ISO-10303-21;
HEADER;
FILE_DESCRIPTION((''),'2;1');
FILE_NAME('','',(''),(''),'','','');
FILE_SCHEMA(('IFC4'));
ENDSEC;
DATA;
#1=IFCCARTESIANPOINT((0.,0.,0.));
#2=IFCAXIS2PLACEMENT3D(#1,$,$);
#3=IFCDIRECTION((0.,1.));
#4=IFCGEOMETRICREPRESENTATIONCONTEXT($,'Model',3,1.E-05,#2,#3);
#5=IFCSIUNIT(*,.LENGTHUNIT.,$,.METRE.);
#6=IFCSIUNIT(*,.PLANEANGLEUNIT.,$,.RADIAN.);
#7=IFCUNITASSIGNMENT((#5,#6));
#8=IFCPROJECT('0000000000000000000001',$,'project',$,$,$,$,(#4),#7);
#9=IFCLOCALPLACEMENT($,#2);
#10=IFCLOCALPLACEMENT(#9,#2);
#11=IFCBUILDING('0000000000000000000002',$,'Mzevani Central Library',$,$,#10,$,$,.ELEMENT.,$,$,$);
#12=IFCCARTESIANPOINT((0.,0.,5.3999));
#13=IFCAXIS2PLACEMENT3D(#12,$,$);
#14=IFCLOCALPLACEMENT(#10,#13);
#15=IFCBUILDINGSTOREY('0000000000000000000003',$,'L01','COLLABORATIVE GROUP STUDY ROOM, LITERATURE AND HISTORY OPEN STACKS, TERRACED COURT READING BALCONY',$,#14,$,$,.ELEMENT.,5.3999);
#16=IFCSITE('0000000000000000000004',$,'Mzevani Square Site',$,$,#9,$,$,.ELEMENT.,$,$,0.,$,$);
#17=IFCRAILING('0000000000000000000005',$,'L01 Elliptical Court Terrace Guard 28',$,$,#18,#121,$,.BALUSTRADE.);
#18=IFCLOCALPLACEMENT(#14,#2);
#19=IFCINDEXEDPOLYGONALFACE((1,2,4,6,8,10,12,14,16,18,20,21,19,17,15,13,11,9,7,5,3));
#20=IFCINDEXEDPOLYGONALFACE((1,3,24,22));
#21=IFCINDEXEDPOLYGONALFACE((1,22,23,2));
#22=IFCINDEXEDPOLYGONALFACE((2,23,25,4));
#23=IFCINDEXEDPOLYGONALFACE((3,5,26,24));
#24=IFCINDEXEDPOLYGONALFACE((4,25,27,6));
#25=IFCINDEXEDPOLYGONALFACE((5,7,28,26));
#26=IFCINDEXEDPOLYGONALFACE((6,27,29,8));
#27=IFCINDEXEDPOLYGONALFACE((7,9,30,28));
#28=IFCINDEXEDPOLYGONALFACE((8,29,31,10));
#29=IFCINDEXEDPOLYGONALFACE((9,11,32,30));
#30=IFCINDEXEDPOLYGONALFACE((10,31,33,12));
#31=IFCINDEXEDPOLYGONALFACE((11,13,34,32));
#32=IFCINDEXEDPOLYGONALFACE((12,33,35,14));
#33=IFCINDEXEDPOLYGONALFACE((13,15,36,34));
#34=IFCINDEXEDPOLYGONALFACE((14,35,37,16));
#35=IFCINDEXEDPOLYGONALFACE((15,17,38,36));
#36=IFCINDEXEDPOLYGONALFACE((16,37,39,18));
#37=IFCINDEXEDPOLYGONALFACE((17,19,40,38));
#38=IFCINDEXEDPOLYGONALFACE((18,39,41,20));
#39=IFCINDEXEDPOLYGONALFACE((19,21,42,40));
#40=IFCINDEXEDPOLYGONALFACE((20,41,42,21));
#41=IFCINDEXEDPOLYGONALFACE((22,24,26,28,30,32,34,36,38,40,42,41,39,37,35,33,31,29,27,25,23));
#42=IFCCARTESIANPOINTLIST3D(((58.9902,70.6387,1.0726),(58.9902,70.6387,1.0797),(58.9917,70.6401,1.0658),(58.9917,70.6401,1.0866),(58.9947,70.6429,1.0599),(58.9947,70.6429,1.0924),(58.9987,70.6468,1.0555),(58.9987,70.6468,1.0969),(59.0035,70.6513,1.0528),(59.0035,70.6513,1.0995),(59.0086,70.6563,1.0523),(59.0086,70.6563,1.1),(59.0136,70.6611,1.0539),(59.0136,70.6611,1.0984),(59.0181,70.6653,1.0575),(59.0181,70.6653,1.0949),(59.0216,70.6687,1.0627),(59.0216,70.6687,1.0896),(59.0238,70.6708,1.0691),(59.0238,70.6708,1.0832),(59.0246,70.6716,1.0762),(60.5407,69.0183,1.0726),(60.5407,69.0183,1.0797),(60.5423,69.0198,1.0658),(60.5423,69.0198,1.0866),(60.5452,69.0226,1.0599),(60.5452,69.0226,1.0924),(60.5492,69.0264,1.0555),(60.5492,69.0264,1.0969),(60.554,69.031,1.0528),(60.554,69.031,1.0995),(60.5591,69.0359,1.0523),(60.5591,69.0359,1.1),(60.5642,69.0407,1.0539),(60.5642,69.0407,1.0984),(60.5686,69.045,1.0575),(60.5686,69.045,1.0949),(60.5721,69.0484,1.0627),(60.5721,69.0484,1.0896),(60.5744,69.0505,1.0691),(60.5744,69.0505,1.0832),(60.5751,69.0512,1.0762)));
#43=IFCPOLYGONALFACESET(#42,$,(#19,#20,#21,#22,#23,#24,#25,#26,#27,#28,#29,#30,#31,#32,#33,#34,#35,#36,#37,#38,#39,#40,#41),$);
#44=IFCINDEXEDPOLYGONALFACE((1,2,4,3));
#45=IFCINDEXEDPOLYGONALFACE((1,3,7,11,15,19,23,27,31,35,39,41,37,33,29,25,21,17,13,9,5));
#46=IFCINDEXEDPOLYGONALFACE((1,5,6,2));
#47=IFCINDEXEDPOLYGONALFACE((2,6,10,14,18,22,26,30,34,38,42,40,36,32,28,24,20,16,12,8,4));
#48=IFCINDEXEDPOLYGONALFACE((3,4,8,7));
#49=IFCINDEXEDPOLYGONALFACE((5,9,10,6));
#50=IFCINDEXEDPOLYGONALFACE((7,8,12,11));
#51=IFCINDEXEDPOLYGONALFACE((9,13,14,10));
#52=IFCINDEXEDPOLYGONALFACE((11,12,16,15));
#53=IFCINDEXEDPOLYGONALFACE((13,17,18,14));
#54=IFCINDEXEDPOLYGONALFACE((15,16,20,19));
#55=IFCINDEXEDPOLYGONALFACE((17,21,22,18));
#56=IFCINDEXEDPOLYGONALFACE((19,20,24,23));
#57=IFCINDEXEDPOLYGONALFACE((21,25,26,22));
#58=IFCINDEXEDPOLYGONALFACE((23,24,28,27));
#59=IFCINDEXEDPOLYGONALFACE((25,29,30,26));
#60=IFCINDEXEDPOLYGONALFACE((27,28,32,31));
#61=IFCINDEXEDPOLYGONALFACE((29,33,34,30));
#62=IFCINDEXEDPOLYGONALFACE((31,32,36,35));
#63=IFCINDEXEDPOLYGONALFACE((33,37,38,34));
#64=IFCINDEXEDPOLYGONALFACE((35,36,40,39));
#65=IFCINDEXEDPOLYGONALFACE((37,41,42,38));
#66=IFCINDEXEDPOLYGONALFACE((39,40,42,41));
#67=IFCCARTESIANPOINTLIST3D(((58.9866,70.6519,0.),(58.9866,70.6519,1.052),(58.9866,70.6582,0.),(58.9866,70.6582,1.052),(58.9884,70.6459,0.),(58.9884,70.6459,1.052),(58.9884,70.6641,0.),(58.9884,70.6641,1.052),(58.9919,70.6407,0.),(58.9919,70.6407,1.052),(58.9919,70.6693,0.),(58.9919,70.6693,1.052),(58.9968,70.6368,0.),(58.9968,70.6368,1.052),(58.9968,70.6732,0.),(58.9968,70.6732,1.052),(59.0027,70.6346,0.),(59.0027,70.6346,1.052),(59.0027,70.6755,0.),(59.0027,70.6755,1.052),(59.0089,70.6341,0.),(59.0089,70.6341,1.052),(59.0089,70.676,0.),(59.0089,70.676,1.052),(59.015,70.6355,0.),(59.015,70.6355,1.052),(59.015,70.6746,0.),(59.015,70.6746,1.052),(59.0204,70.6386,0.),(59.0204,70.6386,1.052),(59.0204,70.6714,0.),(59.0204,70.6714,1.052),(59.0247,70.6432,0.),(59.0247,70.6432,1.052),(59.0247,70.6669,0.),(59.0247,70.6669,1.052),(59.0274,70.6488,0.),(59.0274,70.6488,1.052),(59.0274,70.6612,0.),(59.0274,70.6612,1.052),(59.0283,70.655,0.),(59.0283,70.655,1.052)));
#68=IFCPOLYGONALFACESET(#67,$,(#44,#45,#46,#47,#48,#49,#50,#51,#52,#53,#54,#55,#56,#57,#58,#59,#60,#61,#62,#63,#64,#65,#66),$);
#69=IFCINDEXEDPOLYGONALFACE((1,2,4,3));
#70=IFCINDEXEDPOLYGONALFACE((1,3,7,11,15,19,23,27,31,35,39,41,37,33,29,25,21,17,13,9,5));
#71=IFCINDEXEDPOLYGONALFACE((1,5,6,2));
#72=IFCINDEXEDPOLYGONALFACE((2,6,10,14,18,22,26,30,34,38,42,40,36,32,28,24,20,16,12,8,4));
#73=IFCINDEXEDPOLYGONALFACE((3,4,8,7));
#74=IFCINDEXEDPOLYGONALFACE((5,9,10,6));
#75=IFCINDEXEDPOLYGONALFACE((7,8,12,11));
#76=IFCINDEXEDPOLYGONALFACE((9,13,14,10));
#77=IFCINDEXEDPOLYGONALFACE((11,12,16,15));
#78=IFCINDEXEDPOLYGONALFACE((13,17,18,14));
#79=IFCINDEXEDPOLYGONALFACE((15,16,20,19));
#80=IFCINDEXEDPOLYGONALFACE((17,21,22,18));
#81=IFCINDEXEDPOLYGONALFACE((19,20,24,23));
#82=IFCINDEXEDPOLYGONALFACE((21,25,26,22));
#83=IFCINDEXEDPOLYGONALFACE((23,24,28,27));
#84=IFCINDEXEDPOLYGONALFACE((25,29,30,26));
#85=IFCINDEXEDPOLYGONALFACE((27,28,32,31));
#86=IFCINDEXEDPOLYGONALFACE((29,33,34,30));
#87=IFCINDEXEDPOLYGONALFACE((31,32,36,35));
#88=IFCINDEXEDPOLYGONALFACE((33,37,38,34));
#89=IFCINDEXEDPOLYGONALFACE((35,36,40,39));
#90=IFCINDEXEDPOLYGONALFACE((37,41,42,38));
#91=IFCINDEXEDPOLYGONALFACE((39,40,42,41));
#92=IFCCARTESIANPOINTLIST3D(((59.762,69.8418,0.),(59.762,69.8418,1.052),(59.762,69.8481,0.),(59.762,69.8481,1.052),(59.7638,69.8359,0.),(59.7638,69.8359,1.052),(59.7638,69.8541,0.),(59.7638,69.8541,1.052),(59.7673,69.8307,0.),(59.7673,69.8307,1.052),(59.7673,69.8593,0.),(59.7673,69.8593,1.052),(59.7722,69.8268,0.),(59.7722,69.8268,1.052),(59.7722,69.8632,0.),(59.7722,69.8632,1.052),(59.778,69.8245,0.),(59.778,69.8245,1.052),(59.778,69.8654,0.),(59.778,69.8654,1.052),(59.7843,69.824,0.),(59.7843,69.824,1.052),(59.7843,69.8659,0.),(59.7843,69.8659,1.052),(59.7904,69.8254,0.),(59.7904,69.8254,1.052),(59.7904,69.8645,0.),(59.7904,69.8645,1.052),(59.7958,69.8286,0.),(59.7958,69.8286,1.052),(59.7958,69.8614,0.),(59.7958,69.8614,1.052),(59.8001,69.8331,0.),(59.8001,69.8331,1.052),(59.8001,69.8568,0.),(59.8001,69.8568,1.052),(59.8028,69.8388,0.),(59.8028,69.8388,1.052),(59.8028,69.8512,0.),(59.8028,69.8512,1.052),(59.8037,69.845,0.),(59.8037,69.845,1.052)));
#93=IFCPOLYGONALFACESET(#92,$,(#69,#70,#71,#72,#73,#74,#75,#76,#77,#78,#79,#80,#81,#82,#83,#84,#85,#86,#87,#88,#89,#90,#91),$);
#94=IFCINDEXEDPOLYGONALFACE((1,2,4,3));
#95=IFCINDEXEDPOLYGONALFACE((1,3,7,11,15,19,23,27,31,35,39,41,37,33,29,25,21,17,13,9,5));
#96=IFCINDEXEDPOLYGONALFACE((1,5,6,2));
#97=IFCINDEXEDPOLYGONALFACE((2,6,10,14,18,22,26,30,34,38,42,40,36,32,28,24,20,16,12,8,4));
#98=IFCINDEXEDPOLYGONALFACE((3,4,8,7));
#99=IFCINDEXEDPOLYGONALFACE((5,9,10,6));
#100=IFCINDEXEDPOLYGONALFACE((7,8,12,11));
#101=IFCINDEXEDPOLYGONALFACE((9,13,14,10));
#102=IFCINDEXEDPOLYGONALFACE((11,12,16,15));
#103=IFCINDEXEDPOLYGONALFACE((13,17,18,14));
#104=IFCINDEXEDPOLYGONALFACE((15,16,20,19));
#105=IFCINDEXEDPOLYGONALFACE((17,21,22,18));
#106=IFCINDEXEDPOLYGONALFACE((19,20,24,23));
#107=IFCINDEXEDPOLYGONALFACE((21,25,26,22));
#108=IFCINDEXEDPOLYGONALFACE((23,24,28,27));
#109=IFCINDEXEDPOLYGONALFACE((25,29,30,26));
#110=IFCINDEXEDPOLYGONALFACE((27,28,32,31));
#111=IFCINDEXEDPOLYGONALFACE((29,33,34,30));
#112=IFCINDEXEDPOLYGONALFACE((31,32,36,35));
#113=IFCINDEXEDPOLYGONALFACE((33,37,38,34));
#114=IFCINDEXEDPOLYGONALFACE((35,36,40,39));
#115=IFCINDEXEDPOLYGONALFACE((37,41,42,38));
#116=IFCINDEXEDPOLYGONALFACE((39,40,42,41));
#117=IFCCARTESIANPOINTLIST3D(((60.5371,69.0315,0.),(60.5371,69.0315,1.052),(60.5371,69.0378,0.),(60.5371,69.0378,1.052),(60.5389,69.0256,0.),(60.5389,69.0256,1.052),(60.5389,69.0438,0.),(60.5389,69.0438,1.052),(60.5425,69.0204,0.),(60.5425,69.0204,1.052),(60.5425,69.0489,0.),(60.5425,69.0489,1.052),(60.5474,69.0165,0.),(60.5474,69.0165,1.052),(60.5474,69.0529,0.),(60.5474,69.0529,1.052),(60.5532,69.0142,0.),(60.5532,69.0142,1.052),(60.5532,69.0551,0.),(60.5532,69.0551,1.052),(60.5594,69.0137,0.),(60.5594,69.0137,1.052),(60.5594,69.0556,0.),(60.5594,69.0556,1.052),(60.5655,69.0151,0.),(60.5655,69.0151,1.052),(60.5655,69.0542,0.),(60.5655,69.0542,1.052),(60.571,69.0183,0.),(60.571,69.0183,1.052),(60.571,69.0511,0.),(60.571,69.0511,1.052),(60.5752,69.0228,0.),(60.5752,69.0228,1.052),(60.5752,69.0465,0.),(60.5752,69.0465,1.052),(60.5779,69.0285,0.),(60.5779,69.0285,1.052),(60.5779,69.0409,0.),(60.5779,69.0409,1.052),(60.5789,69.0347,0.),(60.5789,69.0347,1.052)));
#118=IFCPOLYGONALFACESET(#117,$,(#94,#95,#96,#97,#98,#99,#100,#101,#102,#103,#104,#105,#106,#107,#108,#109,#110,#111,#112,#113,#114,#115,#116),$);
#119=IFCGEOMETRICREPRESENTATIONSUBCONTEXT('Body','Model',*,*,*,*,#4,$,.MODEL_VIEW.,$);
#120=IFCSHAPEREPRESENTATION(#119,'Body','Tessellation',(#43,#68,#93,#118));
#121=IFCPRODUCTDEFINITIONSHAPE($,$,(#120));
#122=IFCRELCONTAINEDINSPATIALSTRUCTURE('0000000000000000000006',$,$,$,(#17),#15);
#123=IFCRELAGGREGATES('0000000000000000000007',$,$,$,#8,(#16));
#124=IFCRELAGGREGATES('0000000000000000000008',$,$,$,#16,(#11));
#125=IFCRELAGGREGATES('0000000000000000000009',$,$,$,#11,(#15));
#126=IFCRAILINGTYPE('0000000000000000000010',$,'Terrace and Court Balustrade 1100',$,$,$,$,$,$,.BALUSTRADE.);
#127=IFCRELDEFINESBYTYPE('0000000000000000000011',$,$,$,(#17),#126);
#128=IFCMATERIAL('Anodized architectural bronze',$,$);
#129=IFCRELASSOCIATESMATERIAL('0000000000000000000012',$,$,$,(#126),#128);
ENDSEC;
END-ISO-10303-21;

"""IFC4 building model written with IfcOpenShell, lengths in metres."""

from ifc_helpers import new_model, si_unit, direction, frame, origin, origin_2d, place, context, subcontext, project, spatial, circle, extrude, material, type_object, element, save


model = new_model("IFC4")

# Units and contexts
model_context = context("Model", 3, precision=1e-05, world=origin(), true_north=direction((0.0, 1.0)))
body_context = subcontext(model_context, "Body", "Model", "MODEL_VIEW")
ifc_project = project(units=[si_unit("LENGTHUNIT", "METRE"), si_unit("PLANEANGLEUNIT", "RADIAN")], contexts=[model_context])

# Site, building, storey
site_placement = place(None, origin())
site = spatial("IfcSite", under=ifc_project, at=site_placement, Name="Mzevani Square Site", CompositionType="ELEMENT", RefElevation=0.0)
building_placement = place(site_placement, origin())
building = spatial("IfcBuilding", under=site, at=building_placement, Name="Mzevani Central Library", CompositionType="ELEMENT")
storey_placement = place(building_placement, frame((0.0, 0.0, 5.3999)))
storey = spatial("IfcBuildingStorey", under=building, at=storey_placement, Name="L01", Description="COLLABORATIVE GROUP STUDY ROOM, LITERATURE AND HISTORY OPEN STACKS, TERRACED COURT READING BALCONY", CompositionType="ELEMENT", Elevation=5.3999)

# Railing
ifc_material_1 = material(Name="Anodized architectural bronze")
railing_type = type_object("IfcRailingType", Name="Terrace and Court Balustrade 1100", PredefinedType="BALUSTRADE", material=ifc_material_1)
railing_1_placement = place(storey_placement, frame((59.0073, 70.655, 0.0)))
element("IfcRailing", 1, at=railing_1_placement, inside=storey, type_object=railing_type, Name="L01 Elliptical Court Terrace Guard 28", PredefinedType="BALUSTRADE", context=body_context, shape_type="SweptSolid", body=[
    extrude(circle(Radius=0.0239, at=origin_2d()), frame((0.0, 0.0, 1.0762), z_axis=(0.691368, -0.722502, 0.0), x_axis=(0.722502, 0.691368, 0.0)), (0.0, 0.0, 1.0), 2.2427),
    extrude(circle(Radius=0.021, at=origin_2d()), origin(), (0.0, 0.0, 1.0), 1.052),
    extrude(circle(Radius=0.021, at=origin_2d()), frame((0.7754, -0.8101, 0.0)), (0.0, 0.0, 1.0), 1.052),
    extrude(circle(Radius=0.021, at=origin_2d()), frame((1.5505, -1.6204, 0.0)), (0.0, 0.0, 1.0), 1.052),
])

save(model, "model.ifc")
